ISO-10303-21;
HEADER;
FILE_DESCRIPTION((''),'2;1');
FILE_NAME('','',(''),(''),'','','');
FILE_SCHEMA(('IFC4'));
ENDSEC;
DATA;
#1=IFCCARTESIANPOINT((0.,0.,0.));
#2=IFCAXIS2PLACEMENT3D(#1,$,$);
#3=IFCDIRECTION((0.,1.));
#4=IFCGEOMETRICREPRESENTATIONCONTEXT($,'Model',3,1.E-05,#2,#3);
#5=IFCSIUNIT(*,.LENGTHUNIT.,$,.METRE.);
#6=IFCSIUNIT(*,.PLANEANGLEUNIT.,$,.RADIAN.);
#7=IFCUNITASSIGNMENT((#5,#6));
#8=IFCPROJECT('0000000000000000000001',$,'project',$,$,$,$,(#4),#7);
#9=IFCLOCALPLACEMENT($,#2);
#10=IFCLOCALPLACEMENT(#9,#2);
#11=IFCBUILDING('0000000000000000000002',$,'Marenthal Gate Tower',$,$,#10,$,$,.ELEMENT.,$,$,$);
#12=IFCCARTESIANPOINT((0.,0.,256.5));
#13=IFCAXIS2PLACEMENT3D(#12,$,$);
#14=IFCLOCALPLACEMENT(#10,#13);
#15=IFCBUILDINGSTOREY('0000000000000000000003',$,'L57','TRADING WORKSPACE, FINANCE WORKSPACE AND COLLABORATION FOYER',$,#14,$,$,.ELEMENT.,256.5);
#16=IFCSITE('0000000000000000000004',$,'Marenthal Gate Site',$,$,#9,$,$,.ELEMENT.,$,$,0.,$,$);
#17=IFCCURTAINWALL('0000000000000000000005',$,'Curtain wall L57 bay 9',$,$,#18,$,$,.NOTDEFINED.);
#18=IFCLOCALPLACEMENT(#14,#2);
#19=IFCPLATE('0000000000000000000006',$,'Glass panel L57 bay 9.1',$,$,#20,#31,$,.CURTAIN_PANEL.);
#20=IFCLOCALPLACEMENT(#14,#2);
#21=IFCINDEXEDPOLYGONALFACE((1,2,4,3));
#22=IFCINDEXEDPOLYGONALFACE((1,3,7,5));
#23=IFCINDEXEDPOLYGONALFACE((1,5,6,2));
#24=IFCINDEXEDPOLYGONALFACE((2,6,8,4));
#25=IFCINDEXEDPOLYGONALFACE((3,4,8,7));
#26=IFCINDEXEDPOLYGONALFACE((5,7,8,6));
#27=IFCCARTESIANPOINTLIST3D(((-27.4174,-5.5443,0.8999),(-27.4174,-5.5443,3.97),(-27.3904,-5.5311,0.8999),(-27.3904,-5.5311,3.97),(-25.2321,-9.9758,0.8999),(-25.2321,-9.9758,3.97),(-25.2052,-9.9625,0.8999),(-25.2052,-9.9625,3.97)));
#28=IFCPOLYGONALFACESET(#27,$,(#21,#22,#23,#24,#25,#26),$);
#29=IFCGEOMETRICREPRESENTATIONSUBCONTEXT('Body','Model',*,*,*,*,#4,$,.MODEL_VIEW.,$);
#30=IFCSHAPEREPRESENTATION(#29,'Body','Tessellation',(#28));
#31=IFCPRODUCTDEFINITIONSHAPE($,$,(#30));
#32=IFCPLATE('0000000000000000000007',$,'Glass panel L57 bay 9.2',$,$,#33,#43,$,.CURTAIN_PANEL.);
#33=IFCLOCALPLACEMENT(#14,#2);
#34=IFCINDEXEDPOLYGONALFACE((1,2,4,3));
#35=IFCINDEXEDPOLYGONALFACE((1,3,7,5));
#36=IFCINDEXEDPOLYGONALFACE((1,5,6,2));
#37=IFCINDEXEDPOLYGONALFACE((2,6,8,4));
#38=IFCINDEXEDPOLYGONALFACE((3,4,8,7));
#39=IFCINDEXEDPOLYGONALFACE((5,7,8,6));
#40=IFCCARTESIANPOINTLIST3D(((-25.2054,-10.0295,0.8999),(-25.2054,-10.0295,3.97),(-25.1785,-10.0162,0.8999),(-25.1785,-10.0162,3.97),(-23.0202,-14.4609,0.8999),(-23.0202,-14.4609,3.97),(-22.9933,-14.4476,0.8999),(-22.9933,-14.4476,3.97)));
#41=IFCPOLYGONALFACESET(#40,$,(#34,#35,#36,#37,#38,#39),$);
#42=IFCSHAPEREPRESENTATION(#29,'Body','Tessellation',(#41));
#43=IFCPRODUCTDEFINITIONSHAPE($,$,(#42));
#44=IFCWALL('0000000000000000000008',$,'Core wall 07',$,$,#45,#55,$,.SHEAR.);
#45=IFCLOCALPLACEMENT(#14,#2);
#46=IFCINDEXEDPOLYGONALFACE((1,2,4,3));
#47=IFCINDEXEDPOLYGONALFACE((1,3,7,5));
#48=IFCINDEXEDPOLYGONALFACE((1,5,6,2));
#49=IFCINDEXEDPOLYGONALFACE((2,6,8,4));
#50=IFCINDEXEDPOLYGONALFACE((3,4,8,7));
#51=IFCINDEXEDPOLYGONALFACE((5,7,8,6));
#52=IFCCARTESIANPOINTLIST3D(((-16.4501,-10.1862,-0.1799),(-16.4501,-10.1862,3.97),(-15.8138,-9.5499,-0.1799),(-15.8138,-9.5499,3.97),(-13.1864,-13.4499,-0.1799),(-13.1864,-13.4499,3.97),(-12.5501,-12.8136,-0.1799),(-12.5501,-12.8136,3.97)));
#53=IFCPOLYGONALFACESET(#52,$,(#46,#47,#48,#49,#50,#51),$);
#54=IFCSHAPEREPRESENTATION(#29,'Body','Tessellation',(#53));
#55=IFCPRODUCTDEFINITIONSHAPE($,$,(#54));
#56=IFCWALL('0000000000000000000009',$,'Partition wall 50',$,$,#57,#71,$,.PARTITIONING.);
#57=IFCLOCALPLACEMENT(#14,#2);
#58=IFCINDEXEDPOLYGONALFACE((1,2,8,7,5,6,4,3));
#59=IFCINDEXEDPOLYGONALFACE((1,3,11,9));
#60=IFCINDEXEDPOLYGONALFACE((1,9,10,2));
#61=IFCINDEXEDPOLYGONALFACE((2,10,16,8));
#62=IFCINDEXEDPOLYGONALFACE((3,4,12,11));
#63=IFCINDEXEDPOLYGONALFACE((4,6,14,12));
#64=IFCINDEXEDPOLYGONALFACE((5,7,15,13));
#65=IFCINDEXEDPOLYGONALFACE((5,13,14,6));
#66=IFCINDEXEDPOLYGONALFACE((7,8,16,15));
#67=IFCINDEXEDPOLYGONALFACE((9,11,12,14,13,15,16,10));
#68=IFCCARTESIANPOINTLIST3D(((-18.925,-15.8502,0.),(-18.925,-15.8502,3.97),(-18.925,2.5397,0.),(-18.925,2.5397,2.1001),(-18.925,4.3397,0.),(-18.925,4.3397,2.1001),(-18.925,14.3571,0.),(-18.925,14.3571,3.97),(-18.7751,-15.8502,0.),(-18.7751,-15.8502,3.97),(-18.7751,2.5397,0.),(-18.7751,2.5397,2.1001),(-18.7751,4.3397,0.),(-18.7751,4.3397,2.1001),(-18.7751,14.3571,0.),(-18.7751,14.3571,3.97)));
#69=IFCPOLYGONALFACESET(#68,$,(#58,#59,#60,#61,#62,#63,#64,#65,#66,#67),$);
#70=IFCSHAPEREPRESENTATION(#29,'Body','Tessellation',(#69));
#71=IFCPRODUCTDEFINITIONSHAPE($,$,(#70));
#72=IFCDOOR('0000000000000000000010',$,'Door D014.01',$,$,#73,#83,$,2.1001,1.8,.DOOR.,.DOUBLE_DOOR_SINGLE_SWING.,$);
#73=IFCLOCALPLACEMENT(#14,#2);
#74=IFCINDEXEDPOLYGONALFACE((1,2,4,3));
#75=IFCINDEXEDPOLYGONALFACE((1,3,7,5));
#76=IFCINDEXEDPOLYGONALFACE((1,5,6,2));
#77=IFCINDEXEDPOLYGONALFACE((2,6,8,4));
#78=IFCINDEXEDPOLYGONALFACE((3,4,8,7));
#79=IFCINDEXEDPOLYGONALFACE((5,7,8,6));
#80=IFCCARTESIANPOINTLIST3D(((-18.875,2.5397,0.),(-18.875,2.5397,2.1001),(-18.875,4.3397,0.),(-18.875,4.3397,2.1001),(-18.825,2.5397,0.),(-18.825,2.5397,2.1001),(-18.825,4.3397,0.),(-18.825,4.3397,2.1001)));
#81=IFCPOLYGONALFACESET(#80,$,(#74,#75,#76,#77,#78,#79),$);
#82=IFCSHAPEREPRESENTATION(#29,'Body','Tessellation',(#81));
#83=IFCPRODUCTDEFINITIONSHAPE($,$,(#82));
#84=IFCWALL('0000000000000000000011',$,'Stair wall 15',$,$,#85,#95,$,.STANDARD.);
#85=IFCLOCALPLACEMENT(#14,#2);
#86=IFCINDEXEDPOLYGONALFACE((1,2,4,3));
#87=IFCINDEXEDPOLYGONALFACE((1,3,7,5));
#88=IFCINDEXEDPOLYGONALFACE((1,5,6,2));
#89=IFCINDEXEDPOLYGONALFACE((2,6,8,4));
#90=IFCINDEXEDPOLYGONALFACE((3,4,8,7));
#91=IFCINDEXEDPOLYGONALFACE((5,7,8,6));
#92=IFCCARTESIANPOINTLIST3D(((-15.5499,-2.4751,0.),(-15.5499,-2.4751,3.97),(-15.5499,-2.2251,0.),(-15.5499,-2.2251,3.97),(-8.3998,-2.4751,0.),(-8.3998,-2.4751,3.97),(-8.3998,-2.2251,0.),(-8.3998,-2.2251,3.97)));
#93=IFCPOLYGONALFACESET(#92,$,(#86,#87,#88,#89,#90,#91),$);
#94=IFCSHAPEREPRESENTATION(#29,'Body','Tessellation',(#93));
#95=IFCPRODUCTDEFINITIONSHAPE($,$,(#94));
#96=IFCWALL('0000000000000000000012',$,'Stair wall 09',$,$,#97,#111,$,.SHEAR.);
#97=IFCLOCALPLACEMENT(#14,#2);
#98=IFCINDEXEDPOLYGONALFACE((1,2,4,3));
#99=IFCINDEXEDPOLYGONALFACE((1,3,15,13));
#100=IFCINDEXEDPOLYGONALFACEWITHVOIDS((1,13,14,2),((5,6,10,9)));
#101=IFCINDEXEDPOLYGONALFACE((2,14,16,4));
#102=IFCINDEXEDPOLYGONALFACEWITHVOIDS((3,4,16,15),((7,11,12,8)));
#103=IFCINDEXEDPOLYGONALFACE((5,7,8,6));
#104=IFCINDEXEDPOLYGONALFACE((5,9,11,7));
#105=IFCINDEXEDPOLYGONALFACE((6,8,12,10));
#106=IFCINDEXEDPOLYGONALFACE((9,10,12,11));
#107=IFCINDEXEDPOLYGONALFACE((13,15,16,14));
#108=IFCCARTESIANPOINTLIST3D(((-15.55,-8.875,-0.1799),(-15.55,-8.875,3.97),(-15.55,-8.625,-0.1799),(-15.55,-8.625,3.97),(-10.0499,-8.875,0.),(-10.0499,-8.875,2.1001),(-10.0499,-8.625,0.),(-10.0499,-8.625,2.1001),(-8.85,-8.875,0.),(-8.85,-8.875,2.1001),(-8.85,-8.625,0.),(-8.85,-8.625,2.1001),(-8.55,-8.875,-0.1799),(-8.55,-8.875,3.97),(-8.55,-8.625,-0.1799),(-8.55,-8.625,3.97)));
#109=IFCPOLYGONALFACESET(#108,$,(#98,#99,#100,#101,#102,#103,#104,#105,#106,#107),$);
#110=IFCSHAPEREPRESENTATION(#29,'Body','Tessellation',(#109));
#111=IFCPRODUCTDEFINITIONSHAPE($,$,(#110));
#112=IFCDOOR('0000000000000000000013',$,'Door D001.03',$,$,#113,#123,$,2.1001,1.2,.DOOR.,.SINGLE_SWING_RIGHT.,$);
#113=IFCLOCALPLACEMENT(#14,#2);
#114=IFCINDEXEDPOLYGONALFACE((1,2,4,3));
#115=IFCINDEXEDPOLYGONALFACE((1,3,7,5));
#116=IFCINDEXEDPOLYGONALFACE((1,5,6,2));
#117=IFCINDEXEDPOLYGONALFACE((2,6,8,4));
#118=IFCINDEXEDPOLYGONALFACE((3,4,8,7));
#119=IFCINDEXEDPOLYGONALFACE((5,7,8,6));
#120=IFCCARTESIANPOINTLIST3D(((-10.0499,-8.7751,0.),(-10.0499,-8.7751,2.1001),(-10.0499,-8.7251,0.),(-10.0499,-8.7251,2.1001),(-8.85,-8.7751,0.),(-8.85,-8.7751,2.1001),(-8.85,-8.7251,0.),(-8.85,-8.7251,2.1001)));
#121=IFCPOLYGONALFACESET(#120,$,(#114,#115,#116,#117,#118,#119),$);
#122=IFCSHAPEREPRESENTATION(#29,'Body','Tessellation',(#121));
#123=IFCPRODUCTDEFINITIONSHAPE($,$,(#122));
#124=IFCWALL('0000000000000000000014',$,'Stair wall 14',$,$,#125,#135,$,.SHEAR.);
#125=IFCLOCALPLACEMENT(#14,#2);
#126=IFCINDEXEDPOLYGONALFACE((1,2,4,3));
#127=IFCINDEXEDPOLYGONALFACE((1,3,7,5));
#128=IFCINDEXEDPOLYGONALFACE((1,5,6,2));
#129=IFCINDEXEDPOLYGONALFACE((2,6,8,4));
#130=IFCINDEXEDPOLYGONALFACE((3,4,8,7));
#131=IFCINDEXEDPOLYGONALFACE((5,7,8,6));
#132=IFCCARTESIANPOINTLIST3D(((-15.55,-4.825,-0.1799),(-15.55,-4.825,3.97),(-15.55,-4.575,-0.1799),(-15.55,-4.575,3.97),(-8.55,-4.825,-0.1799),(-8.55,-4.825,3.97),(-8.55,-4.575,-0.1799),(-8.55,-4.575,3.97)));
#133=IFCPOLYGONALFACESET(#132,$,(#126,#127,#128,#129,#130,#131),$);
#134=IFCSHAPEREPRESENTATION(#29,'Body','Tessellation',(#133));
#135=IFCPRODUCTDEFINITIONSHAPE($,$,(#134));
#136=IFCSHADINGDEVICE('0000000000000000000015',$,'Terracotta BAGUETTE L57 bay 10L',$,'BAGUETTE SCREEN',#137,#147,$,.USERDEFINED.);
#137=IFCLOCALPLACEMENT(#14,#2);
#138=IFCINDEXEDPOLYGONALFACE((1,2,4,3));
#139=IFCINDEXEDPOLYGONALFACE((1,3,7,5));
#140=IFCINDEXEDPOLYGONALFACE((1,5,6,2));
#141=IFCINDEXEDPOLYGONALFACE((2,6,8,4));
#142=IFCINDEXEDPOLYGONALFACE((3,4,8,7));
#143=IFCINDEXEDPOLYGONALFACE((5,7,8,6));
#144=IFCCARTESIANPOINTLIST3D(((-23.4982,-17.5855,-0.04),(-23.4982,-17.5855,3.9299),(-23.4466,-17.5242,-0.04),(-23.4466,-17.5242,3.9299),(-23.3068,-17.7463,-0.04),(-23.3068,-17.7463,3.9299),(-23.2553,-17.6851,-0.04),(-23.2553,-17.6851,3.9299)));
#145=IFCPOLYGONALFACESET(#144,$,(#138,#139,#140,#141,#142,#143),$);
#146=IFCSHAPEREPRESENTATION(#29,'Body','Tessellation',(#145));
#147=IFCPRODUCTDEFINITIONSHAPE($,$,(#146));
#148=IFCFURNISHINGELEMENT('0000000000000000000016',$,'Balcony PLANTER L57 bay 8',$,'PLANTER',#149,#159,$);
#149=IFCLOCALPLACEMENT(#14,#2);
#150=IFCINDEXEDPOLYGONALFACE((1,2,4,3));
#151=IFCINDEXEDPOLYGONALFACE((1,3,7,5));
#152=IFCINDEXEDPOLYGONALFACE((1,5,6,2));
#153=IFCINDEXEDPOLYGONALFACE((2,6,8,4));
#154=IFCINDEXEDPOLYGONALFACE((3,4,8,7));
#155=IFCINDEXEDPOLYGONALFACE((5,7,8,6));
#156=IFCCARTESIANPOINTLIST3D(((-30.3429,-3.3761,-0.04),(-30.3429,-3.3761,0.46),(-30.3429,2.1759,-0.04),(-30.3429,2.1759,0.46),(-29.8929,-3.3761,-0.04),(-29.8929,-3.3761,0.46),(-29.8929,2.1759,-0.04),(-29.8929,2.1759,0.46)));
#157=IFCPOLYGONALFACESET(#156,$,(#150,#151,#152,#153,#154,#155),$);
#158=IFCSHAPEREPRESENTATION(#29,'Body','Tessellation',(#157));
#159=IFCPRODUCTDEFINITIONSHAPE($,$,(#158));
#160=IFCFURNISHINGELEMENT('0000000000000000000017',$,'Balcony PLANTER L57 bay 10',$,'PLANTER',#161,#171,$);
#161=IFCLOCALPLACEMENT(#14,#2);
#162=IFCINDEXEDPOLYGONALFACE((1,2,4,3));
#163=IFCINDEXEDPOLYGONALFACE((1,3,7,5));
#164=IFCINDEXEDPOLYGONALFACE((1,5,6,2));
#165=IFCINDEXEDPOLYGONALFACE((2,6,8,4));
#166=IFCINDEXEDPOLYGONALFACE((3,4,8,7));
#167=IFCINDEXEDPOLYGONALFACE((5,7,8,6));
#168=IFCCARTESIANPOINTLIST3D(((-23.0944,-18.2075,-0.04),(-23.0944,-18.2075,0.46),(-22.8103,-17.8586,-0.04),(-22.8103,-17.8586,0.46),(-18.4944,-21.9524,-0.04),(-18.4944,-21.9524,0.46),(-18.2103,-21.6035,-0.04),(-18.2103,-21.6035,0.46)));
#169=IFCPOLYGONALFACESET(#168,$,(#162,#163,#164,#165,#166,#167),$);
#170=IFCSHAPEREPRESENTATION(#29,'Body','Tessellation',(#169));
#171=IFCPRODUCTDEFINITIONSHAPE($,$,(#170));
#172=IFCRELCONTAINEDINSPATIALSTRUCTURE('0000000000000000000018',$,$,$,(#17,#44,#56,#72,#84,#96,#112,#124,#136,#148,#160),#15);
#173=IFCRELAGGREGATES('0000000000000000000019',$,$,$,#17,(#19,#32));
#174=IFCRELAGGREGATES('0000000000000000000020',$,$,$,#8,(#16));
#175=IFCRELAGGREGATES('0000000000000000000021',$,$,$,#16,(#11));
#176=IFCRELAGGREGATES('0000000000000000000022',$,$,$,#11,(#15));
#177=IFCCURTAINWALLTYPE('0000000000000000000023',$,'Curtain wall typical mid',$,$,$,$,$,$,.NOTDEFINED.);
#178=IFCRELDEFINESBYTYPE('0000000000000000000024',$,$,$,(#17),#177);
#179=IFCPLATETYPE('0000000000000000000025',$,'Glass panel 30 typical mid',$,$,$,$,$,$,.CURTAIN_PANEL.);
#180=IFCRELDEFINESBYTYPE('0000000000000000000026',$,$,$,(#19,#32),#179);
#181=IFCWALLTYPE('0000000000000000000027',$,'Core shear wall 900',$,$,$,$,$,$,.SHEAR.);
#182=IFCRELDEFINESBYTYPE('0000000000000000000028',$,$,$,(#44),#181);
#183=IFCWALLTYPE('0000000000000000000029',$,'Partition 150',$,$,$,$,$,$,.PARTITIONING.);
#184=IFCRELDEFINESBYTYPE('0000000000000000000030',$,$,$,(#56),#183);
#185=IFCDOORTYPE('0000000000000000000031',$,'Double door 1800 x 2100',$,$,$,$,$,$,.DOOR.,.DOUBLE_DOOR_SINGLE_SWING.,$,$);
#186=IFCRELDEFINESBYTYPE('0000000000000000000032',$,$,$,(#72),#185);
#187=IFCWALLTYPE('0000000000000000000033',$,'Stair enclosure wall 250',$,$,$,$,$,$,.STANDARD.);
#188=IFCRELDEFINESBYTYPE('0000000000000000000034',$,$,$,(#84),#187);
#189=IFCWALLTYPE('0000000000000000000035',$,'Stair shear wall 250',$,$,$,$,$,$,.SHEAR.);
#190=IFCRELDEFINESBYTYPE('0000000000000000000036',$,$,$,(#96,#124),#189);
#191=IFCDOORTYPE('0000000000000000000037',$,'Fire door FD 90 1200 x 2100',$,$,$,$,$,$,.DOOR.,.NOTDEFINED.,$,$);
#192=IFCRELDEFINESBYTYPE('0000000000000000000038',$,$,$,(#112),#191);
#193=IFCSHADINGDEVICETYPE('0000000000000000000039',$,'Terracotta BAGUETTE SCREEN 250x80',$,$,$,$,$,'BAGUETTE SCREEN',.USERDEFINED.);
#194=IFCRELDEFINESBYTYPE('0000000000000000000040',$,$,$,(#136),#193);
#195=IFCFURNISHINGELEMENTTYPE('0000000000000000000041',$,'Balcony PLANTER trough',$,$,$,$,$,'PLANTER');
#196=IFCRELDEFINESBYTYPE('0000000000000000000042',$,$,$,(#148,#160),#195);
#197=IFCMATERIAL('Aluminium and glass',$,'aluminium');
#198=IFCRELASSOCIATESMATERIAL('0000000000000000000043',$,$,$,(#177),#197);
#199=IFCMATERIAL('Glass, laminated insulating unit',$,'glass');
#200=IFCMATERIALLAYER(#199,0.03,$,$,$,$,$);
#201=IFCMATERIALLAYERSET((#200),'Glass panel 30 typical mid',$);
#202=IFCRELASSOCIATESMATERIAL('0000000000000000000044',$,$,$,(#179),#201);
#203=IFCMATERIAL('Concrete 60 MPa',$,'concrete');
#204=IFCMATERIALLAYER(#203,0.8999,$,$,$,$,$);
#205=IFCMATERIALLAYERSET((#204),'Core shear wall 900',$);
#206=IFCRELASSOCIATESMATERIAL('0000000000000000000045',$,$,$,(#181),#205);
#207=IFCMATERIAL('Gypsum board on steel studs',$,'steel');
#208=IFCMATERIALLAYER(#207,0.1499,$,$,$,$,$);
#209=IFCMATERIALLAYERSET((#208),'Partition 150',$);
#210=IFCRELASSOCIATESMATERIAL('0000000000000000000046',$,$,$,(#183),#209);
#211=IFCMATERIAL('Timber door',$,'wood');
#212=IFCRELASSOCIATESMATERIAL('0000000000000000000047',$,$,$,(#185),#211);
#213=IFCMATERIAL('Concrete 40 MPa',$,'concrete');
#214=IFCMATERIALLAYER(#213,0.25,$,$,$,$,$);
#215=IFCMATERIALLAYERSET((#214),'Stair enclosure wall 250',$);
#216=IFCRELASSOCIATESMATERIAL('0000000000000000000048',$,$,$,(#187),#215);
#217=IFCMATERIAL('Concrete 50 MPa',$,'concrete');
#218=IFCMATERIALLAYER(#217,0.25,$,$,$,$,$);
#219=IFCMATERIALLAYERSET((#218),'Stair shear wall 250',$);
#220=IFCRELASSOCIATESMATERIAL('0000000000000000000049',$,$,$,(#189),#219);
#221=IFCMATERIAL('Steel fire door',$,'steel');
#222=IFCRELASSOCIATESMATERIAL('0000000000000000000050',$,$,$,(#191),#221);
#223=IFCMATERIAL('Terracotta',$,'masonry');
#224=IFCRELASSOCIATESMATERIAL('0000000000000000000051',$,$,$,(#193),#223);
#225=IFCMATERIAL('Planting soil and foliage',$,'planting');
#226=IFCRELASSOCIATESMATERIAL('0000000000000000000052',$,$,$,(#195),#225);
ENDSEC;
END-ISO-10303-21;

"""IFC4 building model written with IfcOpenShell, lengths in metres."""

from ifc_helpers import new_model, si_unit, direction, frame, frame_2d, origin, origin_2d, place, context, subcontext, project, spatial, rectangle, extrude, material, layer, layer_set, material_profile, profile_set, type_object, element, fill, aggregate, save


model = new_model("IFC4")

# Units and contexts
model_context = context("Model", 3, precision=1e-05, world=origin(), true_north=direction((0.0, 1.0)))
body_context = subcontext(model_context, "Body", "Model", "MODEL_VIEW")
ifc_project = project(units=[si_unit("LENGTHUNIT", "METRE"), si_unit("PLANEANGLEUNIT", "RADIAN")], contexts=[model_context])

# Site, building, storey
site_placement = place(None, origin())
site = spatial("IfcSite", under=ifc_project, at=site_placement, Name="Marenthal Gate Site", CompositionType="ELEMENT", RefElevation=0.0)
building_placement = place(site_placement, origin())
building = spatial("IfcBuilding", under=site, at=building_placement, Name="Marenthal Gate Tower", CompositionType="ELEMENT")
storey_placement = place(building_placement, frame((0.0, 0.0, 256.5)))
storey = spatial("IfcBuildingStorey", under=building, at=storey_placement, Name="L57", Description="TRADING WORKSPACE, FINANCE WORKSPACE AND COLLABORATION FOYER", CompositionType="ELEMENT", Elevation=256.5)

# Curtain wall
ifc_material_1 = material(Name="Aluminium and glass", Category="aluminium")
curtain_wall_type = type_object("IfcCurtainWallType", Name="Curtain wall typical mid", PredefinedType="NOTDEFINED", material=ifc_material_1)
curtain_wall_1_placement = place(storey_placement, origin())
curtain_wall_1 = element("IfcCurtainWall", 1, at=curtain_wall_1_placement, inside=storey, type_object=curtain_wall_type, Name="Curtain wall L57 bay 9", PredefinedType="NOTDEFINED")

# Plates
ifc_material_2 = material(Name="Glass, laminated insulating unit", Category="glass")
ifc_layer_1 = layer(ifc_material_2, 0.03)
ifc_layer_set_1 = layer_set([ifc_layer_1], Name="Glass panel 30 typical mid")
plate_type = type_object("IfcPlateType", Name="Glass panel 30 typical mid", PredefinedType="CURTAIN_PANEL", material=ifc_layer_set_1)
plate_1_placement = place(storey_placement, frame((-26.3113, -7.7534, 0.8999), z_axis=(0.0, 0.0, 1.0), x_axis=(0.442269, -0.896882, 0.0)))
plate_1 = element("IfcPlate", 2, at=plate_1_placement, type_object=plate_type, Name="Glass panel L57 bay 9.1", PredefinedType="CURTAIN_PANEL", context=body_context, shape_type="SweptSolid", body=[
    extrude(rectangle(XDim=4.9409, YDim=0.03, at=origin_2d()), origin(), (0.0, 0.0, 1.0), 3.0701),
])
plate_2_placement = place(storey_placement, frame((-24.0994, -12.2385, 0.8999), z_axis=(0.0, 0.0, 1.0), x_axis=(0.442269, -0.896882, 0.0)))
plate_2 = element("IfcPlate", 3, at=plate_2_placement, type_object=plate_type, Name="Glass panel L57 bay 9.2", PredefinedType="CURTAIN_PANEL", context=body_context, shape_type="SweptSolid", body=[
    extrude(rectangle(XDim=4.9409, YDim=0.03, at=origin_2d()), origin(), (0.0, 0.0, 1.0), 3.0701),
])
aggregate(curtain_wall_1, [plate_1, plate_2])

# Wall
ifc_material_3 = material(Name="Concrete 60 MPa", Category="concrete")
ifc_layer_2 = layer(ifc_material_3, 0.8999)
ifc_layer_set_2 = layer_set([ifc_layer_2], Name="Core shear wall 900")
wall_type_1 = type_object("IfcWallType", Name="Core shear wall 900", PredefinedType="SHEAR", material=ifc_layer_set_2)
wall_1_placement = place(storey_placement, frame((-16.1318, -9.8682, -0.1799), z_axis=(0.0, 0.0, 1.0), x_axis=(0.707107, -0.707107, 0.0)))
element("IfcWall", 4, at=wall_1_placement, inside=storey, type_object=wall_type_1, Name="Core wall 07", PredefinedType="SHEAR", context=body_context, shape_type="SweptSolid", body=[
    extrude(rectangle(XDim=4.6155, YDim=0.8999, at=frame_2d((2.3076, 0.0))), origin(), (0.0, 0.0, 1.0), 4.1499),
])

# Wall, opening, door
ifc_material_4 = material(Name="Gypsum board on steel studs", Category="steel")
ifc_layer_3 = layer(ifc_material_4, 0.1499)
ifc_layer_set_3 = layer_set([ifc_layer_3], Name="Partition 150")
wall_type_2 = type_object("IfcWallType", Name="Partition 150", PredefinedType="PARTITIONING", material=ifc_layer_set_3)
wall_2_placement = place(storey_placement, frame((-18.8501, -15.8501, 0.0), z_axis=(0.0, 0.0, 1.0), x_axis=(0.0, 1.0, 0.0)))
wall_2 = element("IfcWall", 5, at=wall_2_placement, inside=storey, type_object=wall_type_2, Name="Partition wall 50", PredefinedType="PARTITIONING", context=body_context, shape_type="SweptSolid", body=[
    extrude(rectangle(XDim=30.2073, YDim=0.1499, at=frame_2d((15.1035, 0.0))), origin(), (0.0, 0.0, 1.0), 3.97),
])
opening_1_placement = place(wall_2_placement, frame((18.3899, 0.0, 0.0)))
opening_1 = element("IfcOpeningElement", 6, at=opening_1_placement, cuts=wall_2, PredefinedType="OPENING", context=body_context, shape_type="SweptSolid", body=[
    extrude(rectangle(XDim=1.8, YDim=2.1001, at=frame_2d((0.8999, 1.05))), frame((0.0, 0.085, 0.0), z_axis=(0.0, -1.0, 0.0), x_axis=(1.0, 0.0, 0.0)), (0.0, 0.0, 1.0), 0.1699),
])
ifc_material_5 = material(Name="Timber door", Category="wood")
door_type_1 = type_object("IfcDoorType", Name="Double door 1800 x 2100", OperationType="DOUBLE_DOOR_SINGLE_SWING", PredefinedType="DOOR", material=ifc_material_5)
door_1_placement = place(opening_1_placement, origin())
door_1 = element("IfcDoor", 7, at=door_1_placement, inside=storey, type_object=door_type_1, Name="Door D014.01", OperationType="DOUBLE_DOOR_SINGLE_SWING", OverallHeight=2.1001, OverallWidth=1.8, PredefinedType="DOOR", context=body_context, shape_type="SweptSolid", body=[
    extrude(rectangle(XDim=1.8, YDim=2.1001, at=frame_2d((0.8999, 1.05))), frame((0.0, 0.0249, 0.0), z_axis=(0.0, -1.0, 0.0), x_axis=(1.0, 0.0, 0.0)), (0.0, 0.0, 1.0), 0.05),
])
fill(opening_1, door_1)

# Wall
ifc_material_6 = material(Name="Concrete 40 MPa", Category="concrete")
ifc_layer_4 = layer(ifc_material_6, 0.25)
ifc_layer_set_4 = layer_set([ifc_layer_4], Name="Stair enclosure wall 250")
wall_type_3 = type_object("IfcWallType", Name="Stair enclosure wall 250", PredefinedType="STANDARD", material=ifc_layer_set_4)
wall_3_placement = place(storey_placement, frame((-15.55, -2.3501, 0.0), z_axis=(0.0, 0.0, 1.0), x_axis=(1.0, 0.0, 0.0)))
element("IfcWall", 8, at=wall_3_placement, inside=storey, type_object=wall_type_3, Name="Stair wall 15", PredefinedType="STANDARD", context=body_context, shape_type="SweptSolid", body=[
    extrude(rectangle(XDim=7.1501, YDim=0.25, at=frame_2d((3.5752, 0.0))), origin(), (0.0, 0.0, 1.0), 3.97),
])

# Wall, opening, door
ifc_material_7 = material(Name="Concrete 50 MPa", Category="concrete")
ifc_layer_5 = layer(ifc_material_7, 0.25)
ifc_layer_set_5 = layer_set([ifc_layer_5], Name="Stair shear wall 250")
wall_type_4 = type_object("IfcWallType", Name="Stair shear wall 250", PredefinedType="SHEAR", material=ifc_layer_set_5)
wall_4_placement = place(storey_placement, frame((-15.55, -8.75, -0.1799), z_axis=(0.0, 0.0, 1.0), x_axis=(1.0, 0.0, 0.0)))
wall_4 = element("IfcWall", 9, at=wall_4_placement, inside=storey, type_object=wall_type_4, Name="Stair wall 09", PredefinedType="SHEAR", context=body_context, shape_type="SweptSolid", body=[
    extrude(rectangle(XDim=7.0, YDim=0.25, at=frame_2d((3.5, 0.0))), origin(), (0.0, 0.0, 1.0), 4.1499),
])
opening_2_placement = place(wall_4_placement, frame((5.5, 0.0, 0.1799)))
opening_2 = element("IfcOpeningElement", 10, at=opening_2_placement, cuts=wall_4, PredefinedType="OPENING", context=body_context, shape_type="SweptSolid", body=[
    extrude(rectangle(XDim=1.2, YDim=2.1001, at=frame_2d((0.6001, 1.05))), frame((0.0, 0.135, 0.0), z_axis=(0.0, -1.0, 0.0), x_axis=(1.0, 0.0, 0.0)), (0.0, 0.0, 1.0), 0.27),
])
ifc_material_8 = material(Name="Steel fire door", Category="steel")
door_type_2 = type_object("IfcDoorType", Name="Fire door FD 90 1200 x 2100", OperationType="NOTDEFINED", PredefinedType="DOOR", material=ifc_material_8)
door_2_placement = place(opening_2_placement, origin())
door_2 = element("IfcDoor", 11, at=door_2_placement, inside=storey, type_object=door_type_2, Name="Door D001.03", OperationType="SINGLE_SWING_RIGHT", OverallHeight=2.1001, OverallWidth=1.2, PredefinedType="DOOR", context=body_context, shape_type="SweptSolid", body=[
    extrude(rectangle(XDim=1.2, YDim=2.1001, at=frame_2d((0.6001, 1.05))), frame((0.0, 0.0249, 0.0), z_axis=(0.0, -1.0, 0.0), x_axis=(1.0, 0.0, 0.0)), (0.0, 0.0, 1.0), 0.05),
])
fill(opening_2, door_2)

# Wall
wall_5_placement = place(storey_placement, frame((-15.55, -4.7, -0.1799), z_axis=(0.0, 0.0, 1.0), x_axis=(1.0, 0.0, 0.0)))
element("IfcWall", 12, at=wall_5_placement, inside=storey, type_object=wall_type_4, Name="Stair wall 14", PredefinedType="SHEAR", context=body_context, shape_type="SweptSolid", body=[
    extrude(rectangle(XDim=7.0, YDim=0.25, at=frame_2d((3.5, 0.0))), origin(), (0.0, 0.0, 1.0), 4.1499),
])

# Shading device
ifc_material_9 = material(Name="Terracotta", Category="masonry")
ifc_material_profile_1 = material_profile(ifc_material_9, rectangle(XDim=0.25, YDim=0.0801, at=origin_2d()), Name="Terracotta baguette 250x80")
ifc_profile_set_1 = profile_set([ifc_material_profile_1], Name="Terracotta")
shading_device_type = type_object("IfcShadingDeviceType", Name="Terracotta BAGUETTE SCREEN 250x80", ElementType="BAGUETTE SCREEN", PredefinedType="USERDEFINED", material=ifc_profile_set_1)
shading_device_placement = place(storey_placement, frame((-23.3767, -17.6353, -0.04), z_axis=(0.0, 0.0, 1.0), x_axis=(0.765398, -0.643557, 0.0)))
element("IfcShadingDevice", 13, at=shading_device_placement, inside=storey, type_object=shading_device_type, Name="Terracotta BAGUETTE L57 bay 10L", ObjectType="BAGUETTE SCREEN", PredefinedType="USERDEFINED", context=body_context, shape_type="SweptSolid", body=[
    extrude(rectangle(XDim=0.25, YDim=0.0801, at=origin_2d()), origin(), (0.0, 0.0, 1.0), 3.97),
])

# Furnishing elements
ifc_material_10 = material(Name="Planting soil and foliage", Category="planting")
furnishing_element_type = type_object("IfcFurnishingElementType", Name="Balcony PLANTER trough", ElementType="PLANTER", material=ifc_material_10)
furnishing_1_placement = place(storey_placement, frame((-30.1179, -0.6001, -0.04), z_axis=(0.0, 0.0, 1.0), x_axis=(0.0, -1.0, 0.0)))
element("IfcFurnishingElement", 14, at=furnishing_1_placement, inside=storey, type_object=furnishing_element_type, Name="Balcony PLANTER L57 bay 8", ObjectType="PLANTER", context=body_context, shape_type="SweptSolid", body=[
    extrude(rectangle(XDim=5.552, YDim=0.45, at=origin_2d()), origin(), (0.0, 0.0, 1.0), 0.5),
])
furnishing_2_placement = place(storey_placement, frame((-20.6523, -19.9055, -0.04), z_axis=(0.0, 0.0, 1.0), x_axis=(0.775505, -0.631342, 0.0)))
element("IfcFurnishingElement", 15, at=furnishing_2_placement, inside=storey, type_object=furnishing_element_type, Name="Balcony PLANTER L57 bay 10", ObjectType="PLANTER", context=body_context, shape_type="SweptSolid", body=[
    extrude(rectangle(XDim=5.9316, YDim=0.45, at=origin_2d()), origin(), (0.0, 0.0, 1.0), 0.5),
])

save(model, "model.ifc")
